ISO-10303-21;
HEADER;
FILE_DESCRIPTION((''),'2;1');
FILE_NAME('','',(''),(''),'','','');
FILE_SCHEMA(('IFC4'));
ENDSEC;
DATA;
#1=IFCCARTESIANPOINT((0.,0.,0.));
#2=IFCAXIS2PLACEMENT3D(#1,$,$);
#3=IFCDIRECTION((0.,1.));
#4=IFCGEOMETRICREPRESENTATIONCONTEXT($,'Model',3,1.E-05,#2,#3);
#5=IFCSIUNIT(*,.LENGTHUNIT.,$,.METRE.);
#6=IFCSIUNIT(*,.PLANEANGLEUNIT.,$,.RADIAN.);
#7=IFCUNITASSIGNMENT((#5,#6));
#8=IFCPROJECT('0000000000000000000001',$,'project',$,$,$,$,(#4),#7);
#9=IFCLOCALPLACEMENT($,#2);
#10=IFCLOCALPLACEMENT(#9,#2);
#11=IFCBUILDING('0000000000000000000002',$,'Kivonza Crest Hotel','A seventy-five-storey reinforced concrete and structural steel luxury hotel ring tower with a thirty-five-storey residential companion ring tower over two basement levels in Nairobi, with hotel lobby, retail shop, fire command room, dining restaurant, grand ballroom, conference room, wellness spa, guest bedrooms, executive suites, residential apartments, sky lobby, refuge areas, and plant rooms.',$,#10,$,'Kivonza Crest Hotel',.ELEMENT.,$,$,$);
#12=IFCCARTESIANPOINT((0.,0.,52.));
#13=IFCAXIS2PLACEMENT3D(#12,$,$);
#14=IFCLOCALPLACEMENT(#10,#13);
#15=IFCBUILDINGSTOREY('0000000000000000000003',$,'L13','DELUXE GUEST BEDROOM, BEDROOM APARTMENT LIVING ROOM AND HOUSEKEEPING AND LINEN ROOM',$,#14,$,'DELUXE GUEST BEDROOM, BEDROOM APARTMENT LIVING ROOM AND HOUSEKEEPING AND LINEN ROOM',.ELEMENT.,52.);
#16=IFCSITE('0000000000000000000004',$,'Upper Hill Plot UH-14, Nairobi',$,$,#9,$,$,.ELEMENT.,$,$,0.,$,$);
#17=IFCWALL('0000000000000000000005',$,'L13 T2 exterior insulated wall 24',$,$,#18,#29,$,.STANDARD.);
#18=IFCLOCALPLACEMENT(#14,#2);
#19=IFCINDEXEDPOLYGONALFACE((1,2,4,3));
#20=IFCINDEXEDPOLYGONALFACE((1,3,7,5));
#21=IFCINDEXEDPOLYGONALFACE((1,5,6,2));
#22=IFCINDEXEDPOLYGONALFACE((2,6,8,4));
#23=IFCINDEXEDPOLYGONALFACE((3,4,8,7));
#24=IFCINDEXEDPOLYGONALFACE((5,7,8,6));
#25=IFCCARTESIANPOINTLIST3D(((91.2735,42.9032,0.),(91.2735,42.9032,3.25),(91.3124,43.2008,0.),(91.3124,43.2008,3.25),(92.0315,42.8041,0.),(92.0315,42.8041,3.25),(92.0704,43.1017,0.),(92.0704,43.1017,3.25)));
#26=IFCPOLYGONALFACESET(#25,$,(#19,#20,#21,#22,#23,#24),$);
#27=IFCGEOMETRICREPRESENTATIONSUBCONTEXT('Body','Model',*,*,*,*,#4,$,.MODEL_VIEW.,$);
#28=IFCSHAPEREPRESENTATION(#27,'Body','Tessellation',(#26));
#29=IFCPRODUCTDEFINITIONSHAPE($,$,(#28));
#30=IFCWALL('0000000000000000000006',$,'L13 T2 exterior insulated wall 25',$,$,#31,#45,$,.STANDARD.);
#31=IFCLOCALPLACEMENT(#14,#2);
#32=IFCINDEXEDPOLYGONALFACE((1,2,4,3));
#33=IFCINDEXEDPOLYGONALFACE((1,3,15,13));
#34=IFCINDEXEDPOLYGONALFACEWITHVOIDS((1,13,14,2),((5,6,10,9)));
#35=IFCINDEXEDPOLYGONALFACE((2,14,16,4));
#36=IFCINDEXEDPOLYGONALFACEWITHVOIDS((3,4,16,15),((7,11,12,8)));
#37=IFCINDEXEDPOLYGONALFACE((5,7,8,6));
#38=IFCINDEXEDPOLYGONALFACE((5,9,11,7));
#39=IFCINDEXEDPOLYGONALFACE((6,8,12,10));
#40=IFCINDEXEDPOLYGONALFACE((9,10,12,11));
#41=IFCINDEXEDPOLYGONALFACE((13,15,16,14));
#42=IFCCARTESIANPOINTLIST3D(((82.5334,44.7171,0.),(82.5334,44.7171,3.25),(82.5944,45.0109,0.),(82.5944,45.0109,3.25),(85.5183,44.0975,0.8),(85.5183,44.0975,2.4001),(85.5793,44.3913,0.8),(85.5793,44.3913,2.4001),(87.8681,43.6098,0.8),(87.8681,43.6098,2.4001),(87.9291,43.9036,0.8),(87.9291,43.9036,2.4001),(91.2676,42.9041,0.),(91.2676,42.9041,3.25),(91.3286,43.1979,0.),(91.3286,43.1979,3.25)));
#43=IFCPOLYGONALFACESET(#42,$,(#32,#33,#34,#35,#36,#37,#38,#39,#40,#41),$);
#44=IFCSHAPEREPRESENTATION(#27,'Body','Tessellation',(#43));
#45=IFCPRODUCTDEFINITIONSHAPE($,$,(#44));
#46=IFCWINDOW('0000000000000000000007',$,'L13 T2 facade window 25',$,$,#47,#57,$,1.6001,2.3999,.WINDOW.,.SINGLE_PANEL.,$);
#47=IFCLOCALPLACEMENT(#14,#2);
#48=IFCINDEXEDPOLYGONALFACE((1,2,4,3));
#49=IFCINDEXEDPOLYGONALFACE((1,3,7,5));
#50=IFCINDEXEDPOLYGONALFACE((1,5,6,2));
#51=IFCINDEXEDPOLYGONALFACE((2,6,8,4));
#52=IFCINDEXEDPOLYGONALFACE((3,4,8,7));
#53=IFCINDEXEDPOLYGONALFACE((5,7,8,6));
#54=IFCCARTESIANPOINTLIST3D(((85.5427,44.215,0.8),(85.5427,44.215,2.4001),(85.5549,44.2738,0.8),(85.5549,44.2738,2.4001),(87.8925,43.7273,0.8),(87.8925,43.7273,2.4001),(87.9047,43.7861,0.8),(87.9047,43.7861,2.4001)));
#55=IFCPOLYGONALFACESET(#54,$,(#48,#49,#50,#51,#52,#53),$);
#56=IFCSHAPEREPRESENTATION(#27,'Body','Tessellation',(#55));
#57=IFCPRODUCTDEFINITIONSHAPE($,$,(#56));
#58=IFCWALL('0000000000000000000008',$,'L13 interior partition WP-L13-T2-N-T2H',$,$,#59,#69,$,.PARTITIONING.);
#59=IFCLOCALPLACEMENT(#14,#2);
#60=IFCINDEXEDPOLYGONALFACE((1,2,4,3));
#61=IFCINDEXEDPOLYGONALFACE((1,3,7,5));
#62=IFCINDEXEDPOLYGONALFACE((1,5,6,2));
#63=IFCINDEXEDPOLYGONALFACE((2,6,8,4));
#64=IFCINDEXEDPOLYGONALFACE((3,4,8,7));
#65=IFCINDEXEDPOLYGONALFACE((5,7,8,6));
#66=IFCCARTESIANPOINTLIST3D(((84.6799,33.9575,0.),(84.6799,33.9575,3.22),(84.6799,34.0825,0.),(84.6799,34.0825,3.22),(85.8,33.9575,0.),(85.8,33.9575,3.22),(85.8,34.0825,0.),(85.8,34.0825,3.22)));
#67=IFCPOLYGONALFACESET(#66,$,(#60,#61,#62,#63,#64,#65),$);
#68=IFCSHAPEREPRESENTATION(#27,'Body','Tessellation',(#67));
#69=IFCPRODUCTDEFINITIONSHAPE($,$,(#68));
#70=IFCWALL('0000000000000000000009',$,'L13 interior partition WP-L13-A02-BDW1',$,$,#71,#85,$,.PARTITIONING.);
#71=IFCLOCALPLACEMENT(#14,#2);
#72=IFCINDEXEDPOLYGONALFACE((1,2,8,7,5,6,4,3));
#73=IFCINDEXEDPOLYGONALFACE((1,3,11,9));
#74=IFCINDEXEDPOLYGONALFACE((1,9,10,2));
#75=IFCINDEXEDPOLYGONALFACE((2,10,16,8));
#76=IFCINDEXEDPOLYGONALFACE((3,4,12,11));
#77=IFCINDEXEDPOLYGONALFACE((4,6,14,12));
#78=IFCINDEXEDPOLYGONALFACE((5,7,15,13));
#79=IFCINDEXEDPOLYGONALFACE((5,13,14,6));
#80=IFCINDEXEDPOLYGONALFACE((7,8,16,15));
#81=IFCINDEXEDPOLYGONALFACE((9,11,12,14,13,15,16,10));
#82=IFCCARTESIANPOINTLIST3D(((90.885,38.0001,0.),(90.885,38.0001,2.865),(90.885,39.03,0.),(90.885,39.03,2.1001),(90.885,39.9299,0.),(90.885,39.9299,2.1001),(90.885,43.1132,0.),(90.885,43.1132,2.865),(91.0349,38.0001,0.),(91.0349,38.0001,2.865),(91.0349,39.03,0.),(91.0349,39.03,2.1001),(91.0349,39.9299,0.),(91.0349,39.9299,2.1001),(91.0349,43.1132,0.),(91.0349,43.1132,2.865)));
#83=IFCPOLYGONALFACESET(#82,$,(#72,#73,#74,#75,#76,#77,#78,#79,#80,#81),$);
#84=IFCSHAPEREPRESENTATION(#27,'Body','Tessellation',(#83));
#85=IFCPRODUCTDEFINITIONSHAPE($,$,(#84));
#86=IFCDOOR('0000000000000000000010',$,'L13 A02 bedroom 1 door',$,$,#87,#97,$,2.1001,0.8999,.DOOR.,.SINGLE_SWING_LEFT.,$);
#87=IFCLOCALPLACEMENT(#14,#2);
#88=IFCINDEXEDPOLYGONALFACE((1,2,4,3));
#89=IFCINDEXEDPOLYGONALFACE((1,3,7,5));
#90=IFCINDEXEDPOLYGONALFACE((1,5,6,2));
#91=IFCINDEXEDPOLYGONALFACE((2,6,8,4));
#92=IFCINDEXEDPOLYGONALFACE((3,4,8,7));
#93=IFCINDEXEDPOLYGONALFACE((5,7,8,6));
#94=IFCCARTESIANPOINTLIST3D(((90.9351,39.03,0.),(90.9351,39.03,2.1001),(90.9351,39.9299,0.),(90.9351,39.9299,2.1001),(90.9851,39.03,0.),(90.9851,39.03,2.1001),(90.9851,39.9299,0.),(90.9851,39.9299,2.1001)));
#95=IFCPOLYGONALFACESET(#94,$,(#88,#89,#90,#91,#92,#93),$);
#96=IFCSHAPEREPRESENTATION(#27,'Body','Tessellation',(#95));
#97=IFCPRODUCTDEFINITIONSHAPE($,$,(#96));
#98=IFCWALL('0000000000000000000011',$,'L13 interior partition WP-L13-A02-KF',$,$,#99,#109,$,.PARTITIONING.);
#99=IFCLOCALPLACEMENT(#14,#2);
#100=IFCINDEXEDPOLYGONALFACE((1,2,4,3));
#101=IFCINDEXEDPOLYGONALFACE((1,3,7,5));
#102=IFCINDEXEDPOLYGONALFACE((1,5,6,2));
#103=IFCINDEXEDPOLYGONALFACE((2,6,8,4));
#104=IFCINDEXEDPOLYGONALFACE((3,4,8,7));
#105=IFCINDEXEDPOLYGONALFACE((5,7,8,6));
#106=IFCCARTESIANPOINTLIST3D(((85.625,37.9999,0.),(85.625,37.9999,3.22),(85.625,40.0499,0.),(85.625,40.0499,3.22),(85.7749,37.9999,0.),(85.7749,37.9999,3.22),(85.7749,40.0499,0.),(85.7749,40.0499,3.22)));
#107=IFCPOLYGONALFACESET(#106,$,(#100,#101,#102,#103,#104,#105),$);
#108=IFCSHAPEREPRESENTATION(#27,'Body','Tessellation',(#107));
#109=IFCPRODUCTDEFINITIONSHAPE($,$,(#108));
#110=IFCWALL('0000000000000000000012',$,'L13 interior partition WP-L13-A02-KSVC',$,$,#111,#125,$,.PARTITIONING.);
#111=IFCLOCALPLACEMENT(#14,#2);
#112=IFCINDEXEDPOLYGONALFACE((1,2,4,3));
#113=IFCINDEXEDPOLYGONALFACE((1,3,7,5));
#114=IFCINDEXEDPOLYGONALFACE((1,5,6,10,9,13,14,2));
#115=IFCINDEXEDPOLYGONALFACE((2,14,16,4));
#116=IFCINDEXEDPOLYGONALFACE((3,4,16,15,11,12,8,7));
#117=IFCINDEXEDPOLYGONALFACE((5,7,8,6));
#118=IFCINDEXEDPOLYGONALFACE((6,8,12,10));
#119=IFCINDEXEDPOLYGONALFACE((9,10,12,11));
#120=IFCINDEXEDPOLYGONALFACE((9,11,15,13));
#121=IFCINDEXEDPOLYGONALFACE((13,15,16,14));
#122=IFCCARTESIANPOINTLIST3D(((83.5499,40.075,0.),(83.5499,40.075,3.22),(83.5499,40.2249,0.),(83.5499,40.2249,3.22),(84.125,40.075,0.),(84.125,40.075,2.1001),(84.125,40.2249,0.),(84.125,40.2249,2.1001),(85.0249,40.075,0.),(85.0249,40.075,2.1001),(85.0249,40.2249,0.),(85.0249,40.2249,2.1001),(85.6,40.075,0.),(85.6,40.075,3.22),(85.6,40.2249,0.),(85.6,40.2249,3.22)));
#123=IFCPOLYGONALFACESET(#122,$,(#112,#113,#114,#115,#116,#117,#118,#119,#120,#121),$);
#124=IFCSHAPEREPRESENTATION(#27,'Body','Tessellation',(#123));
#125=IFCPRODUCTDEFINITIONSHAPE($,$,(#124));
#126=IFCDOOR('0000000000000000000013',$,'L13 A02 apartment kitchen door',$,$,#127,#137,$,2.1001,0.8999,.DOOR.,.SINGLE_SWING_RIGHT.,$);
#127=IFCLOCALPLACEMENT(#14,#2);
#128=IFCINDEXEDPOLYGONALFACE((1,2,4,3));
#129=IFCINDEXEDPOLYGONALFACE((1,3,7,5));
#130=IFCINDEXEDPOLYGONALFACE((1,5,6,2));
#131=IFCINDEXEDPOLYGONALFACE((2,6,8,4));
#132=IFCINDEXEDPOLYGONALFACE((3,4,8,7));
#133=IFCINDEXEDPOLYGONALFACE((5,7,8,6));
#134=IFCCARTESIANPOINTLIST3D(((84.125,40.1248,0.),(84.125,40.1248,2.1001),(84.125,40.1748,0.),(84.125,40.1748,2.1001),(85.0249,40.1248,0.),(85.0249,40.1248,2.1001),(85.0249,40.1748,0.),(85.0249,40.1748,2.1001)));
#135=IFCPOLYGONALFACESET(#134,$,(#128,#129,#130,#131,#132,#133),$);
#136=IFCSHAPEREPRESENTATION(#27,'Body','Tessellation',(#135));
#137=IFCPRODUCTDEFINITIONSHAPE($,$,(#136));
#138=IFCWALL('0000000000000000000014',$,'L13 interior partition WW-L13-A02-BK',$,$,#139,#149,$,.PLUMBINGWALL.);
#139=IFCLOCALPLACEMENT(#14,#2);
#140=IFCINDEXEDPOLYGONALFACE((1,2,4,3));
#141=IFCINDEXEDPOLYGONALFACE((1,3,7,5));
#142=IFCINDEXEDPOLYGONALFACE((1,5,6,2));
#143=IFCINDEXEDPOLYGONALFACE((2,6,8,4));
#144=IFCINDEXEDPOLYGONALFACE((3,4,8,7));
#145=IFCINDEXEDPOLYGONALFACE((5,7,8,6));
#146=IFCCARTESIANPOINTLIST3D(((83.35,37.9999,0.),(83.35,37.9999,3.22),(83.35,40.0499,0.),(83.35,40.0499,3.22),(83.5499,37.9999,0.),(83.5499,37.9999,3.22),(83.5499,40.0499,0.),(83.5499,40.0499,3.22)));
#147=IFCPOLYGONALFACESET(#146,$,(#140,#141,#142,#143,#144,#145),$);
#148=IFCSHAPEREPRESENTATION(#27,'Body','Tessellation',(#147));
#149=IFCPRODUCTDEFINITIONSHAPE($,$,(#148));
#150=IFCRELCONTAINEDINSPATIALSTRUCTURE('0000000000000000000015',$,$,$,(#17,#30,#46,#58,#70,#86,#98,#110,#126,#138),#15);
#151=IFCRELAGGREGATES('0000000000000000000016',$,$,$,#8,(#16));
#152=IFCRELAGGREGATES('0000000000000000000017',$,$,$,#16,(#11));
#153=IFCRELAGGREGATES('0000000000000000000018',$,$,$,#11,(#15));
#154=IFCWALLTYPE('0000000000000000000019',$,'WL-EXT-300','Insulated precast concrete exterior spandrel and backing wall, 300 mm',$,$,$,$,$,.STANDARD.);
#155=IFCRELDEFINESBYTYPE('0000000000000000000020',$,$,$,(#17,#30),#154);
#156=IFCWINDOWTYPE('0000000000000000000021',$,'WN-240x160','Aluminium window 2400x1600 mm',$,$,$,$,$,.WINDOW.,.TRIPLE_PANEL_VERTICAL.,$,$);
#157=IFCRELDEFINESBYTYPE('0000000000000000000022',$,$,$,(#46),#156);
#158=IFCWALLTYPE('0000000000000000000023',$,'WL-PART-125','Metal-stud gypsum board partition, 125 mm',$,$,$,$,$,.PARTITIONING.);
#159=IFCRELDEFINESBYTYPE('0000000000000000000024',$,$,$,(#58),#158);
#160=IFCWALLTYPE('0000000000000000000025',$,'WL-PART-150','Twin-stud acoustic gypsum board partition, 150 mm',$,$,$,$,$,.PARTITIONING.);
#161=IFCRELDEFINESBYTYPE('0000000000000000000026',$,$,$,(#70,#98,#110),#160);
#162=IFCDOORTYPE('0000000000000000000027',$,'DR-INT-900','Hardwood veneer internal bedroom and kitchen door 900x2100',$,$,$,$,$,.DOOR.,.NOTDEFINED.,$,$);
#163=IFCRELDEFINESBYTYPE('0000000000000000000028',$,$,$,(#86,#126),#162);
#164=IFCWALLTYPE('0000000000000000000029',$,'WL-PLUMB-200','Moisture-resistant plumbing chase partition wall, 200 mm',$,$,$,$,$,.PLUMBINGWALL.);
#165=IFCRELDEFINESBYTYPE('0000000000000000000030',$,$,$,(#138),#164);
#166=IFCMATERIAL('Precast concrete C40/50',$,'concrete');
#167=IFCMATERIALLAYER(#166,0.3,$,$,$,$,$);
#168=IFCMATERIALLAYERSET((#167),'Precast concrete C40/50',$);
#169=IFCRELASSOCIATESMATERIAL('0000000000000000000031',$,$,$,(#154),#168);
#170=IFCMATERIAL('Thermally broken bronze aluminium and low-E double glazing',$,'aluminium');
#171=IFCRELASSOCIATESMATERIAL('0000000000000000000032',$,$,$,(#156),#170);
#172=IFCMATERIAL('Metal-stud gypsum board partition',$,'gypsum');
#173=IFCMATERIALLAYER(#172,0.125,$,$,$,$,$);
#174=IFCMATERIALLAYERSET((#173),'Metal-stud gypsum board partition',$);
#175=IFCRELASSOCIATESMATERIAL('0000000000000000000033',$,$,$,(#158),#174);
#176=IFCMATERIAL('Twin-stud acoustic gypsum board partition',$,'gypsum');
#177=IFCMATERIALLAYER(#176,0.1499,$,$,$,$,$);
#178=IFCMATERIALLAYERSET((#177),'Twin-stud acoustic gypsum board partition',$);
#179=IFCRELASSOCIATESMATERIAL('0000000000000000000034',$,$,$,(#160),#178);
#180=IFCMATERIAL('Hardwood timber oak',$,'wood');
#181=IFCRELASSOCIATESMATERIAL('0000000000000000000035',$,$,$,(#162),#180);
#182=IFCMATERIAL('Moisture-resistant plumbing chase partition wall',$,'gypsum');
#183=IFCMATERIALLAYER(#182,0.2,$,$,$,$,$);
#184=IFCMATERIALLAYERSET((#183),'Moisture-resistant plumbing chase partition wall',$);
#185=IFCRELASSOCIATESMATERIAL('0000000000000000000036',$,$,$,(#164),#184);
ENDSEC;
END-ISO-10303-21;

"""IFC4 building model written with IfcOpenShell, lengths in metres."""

from ifc_helpers import new_model, si_unit, direction, frame, frame_2d, origin, place, context, subcontext, project, spatial, rectangle, extrude, material, layer, layer_set, type_object, element, fill, save


model = new_model("IFC4")

# Units and contexts
model_context = context("Model", 3, precision=1e-05, world=origin(), true_north=direction((0.0, 1.0)))
body_context = subcontext(model_context, "Body", "Model", "MODEL_VIEW")
ifc_project = project(units=[si_unit("LENGTHUNIT", "METRE"), si_unit("PLANEANGLEUNIT", "RADIAN")], contexts=[model_context])

# Site, building, storey
site_placement = place(None, origin())
site = spatial("IfcSite", under=ifc_project, at=site_placement, Name="Upper Hill Plot UH-14, Nairobi", CompositionType="ELEMENT", RefElevation=0.0)
building_placement = place(site_placement, origin())
building = spatial("IfcBuilding", under=site, at=building_placement, Name="Kivonza Crest Hotel", Description="A seventy-five-storey reinforced concrete and structural steel luxury hotel ring tower with a thirty-five-storey residential companion ring tower over two basement levels in Nairobi, with hotel lobby, retail shop, fire command room, dining restaurant, grand ballroom, conference room, wellness spa, guest bedrooms, executive suites, residential apartments, sky lobby, refuge areas, and plant rooms.", LongName="Kivonza Crest Hotel", CompositionType="ELEMENT")
storey_placement = place(building_placement, frame((0.0, 0.0, 52.0)))
storey = spatial("IfcBuildingStorey", under=building, at=storey_placement, Name="L13", Description="DELUXE GUEST BEDROOM, BEDROOM APARTMENT LIVING ROOM AND HOUSEKEEPING AND LINEN ROOM", LongName="DELUXE GUEST BEDROOM, BEDROOM APARTMENT LIVING ROOM AND HOUSEKEEPING AND LINEN ROOM", CompositionType="ELEMENT", Elevation=52.0)

# Shared definitions
ifc_material_1 = material(Name="Hardwood timber oak", Category="wood")

# Wall
ifc_material_2 = material(Name="Precast concrete C40/50", Category="concrete")
ifc_layer_1 = layer(ifc_material_2, 0.3)
ifc_layer_set_1 = layer_set([ifc_layer_1], Name="Precast concrete C40/50")
wall_type_1 = type_object("IfcWallType", Name="WL-EXT-300", Description="Insulated precast concrete exterior spandrel and backing wall, 300 mm", PredefinedType="STANDARD", material=ifc_layer_set_1)
wall_1_placement = place(storey_placement, frame((92.051, 42.9529, 0.0), z_axis=(0.0, 0.0, 1.0), x_axis=(-0.991559, 0.129653, 0.0)))
element("IfcWall", 1, at=wall_1_placement, inside=storey, type_object=wall_type_1, Name="L13 T2 exterior insulated wall 24", PredefinedType="STANDARD", context=body_context, shape_type="SweptSolid", body=[
    extrude(rectangle(XDim=0.7644, YDim=0.3, at=frame_2d((0.3823, 0.0))), origin(), (0.0, 0.0, 1.0), 3.25),
])

# Wall, opening, window
wall_2_placement = place(storey_placement, frame((91.2981, 43.051, 0.0), z_axis=(0.0, 0.0, 1.0), x_axis=(-0.979128, 0.203243, 0.0)))
wall_2 = element("IfcWall", 2, at=wall_2_placement, inside=storey, type_object=wall_type_1, Name="L13 T2 exterior insulated wall 25", PredefinedType="STANDARD", context=body_context, shape_type="SweptSolid", body=[
    extrude(rectangle(XDim=8.9204, YDim=0.3, at=frame_2d((4.4602, 0.0))), origin(), (0.0, 0.0, 1.0), 3.25),
])
opening_1_placement = place(wall_2_placement, frame((3.4719, 0.0, 0.8)))
opening_1 = element("IfcOpeningElement", 3, at=opening_1_placement, cuts=wall_2, PredefinedType="OPENING", context=body_context, shape_type="SweptSolid", body=[
    extrude(rectangle(XDim=2.3999, YDim=1.6001, at=frame_2d((1.2, 0.8))), frame((0.0, 0.1602, 0.0), z_axis=(0.0, -1.0, 0.0), x_axis=(1.0, 0.0, 0.0)), (0.0, 0.0, 1.0), 0.3201),
])
ifc_material_3 = material(Name="Thermally broken bronze aluminium and low-E double glazing", Category="aluminium")
window_type = type_object("IfcWindowType", Name="WN-240x160", Description="Aluminium window 2400x1600 mm", PartitioningType="TRIPLE_PANEL_VERTICAL", PredefinedType="WINDOW", material=ifc_material_3)
window_placement = place(opening_1_placement, origin())
window = element("IfcWindow", 4, at=window_placement, inside=storey, type_object=window_type, Name="L13 T2 facade window 25", OverallHeight=1.6001, OverallWidth=2.3999, PartitioningType="SINGLE_PANEL", PredefinedType="WINDOW", context=body_context, shape_type="SweptSolid", body=[
    extrude(rectangle(XDim=2.3999, YDim=1.6001, at=frame_2d((1.2, 0.8))), frame((0.0, 0.03, 0.0), z_axis=(0.0, -1.0, 0.0), x_axis=(1.0, 0.0, 0.0)), (0.0, 0.0, 1.0), 0.0601),
])
fill(opening_1, window)

# Wall
ifc_material_4 = material(Name="Metal-stud gypsum board partition", Category="gypsum")
ifc_layer_2 = layer(ifc_material_4, 0.125)
ifc_layer_set_2 = layer_set([ifc_layer_2], Name="Metal-stud gypsum board partition")
wall_type_2 = type_object("IfcWallType", Name="WL-PART-125", Description="Metal-stud gypsum board partition, 125 mm", PredefinedType="PARTITIONING", material=ifc_layer_set_2)
wall_3_placement = place(storey_placement, frame((84.6799, 34.02, 0.0), z_axis=(0.0, 0.0, 1.0), x_axis=(1.0, 0.0, 0.0)))
element("IfcWall", 5, at=wall_3_placement, inside=storey, type_object=wall_type_2, Name="L13 interior partition WP-L13-T2-N-T2H", PredefinedType="PARTITIONING", context=body_context, shape_type="SweptSolid", body=[
    extrude(rectangle(XDim=1.1201, YDim=0.125, at=frame_2d((0.5601, 0.0))), origin(), (0.0, 0.0, 1.0), 3.22),
])

# Wall, opening, door
ifc_material_5 = material(Name="Twin-stud acoustic gypsum board partition", Category="gypsum")
ifc_layer_3 = layer(ifc_material_5, 0.1499)
ifc_layer_set_3 = layer_set([ifc_layer_3], Name="Twin-stud acoustic gypsum board partition")
wall_type_3 = type_object("IfcWallType", Name="WL-PART-150", Description="Twin-stud acoustic gypsum board partition, 150 mm", PredefinedType="PARTITIONING", material=ifc_layer_set_3)
wall_4_placement = place(storey_placement, frame((90.96, 38.0, 0.0), z_axis=(0.0, 0.0, 1.0), x_axis=(0.0, 1.0, 0.0)))
wall_4 = element("IfcWall", 6, at=wall_4_placement, inside=storey, type_object=wall_type_3, Name="L13 interior partition WP-L13-A02-BDW1", PredefinedType="PARTITIONING", context=body_context, shape_type="SweptSolid", body=[
    extrude(rectangle(XDim=5.113, YDim=0.1499, at=frame_2d((2.5566, 0.0))), origin(), (0.0, 0.0, 1.0), 2.865),
])
opening_2_placement = place(wall_4_placement, frame((1.03, 0.0, 0.0)))
opening_2 = element("IfcOpeningElement", 7, at=opening_2_placement, cuts=wall_4, PredefinedType="OPENING", context=body_context, shape_type="SweptSolid", body=[
    extrude(rectangle(XDim=0.8999, YDim=2.1001, at=frame_2d((0.45, 1.05))), frame((0.0, 0.085, 0.0), z_axis=(0.0, -1.0, 0.0), x_axis=(1.0, 0.0, 0.0)), (0.0, 0.0, 1.0), 0.1699),
])
door_type_1 = type_object("IfcDoorType", Name="DR-INT-900", Description="Hardwood veneer internal bedroom and kitchen door 900x2100", OperationType="NOTDEFINED", PredefinedType="DOOR", material=ifc_material_1)
door_1_placement = place(opening_2_placement, origin())
door_1 = element("IfcDoor", 8, at=door_1_placement, inside=storey, type_object=door_type_1, Name="L13 A02 bedroom 1 door", OperationType="SINGLE_SWING_LEFT", OverallHeight=2.1001, OverallWidth=0.8999, PredefinedType="DOOR", context=body_context, shape_type="SweptSolid", body=[
    extrude(rectangle(XDim=0.8999, YDim=2.1001, at=frame_2d((0.45, 1.05))), frame((0.0, 0.0249, 0.0), z_axis=(0.0, -1.0, 0.0), x_axis=(1.0, 0.0, 0.0)), (0.0, 0.0, 1.0), 0.05),
])
fill(opening_2, door_1)

# Wall
wall_5_placement = place(storey_placement, frame((85.7, 38.0, 0.0), z_axis=(0.0, 0.0, 1.0), x_axis=(0.0, 1.0, 0.0)))
element("IfcWall", 9, at=wall_5_placement, inside=storey, type_object=wall_type_3, Name="L13 interior partition WP-L13-A02-KF", PredefinedType="PARTITIONING", context=body_context, shape_type="SweptSolid", body=[
    extrude(rectangle(XDim=2.05, YDim=0.1499, at=frame_2d((1.0249, 0.0))), origin(), (0.0, 0.0, 1.0), 3.22),
])

# Wall, opening, door
wall_6_placement = place(storey_placement, frame((83.55, 40.1499, 0.0), z_axis=(0.0, 0.0, 1.0), x_axis=(1.0, 0.0, 0.0)))
wall_6 = element("IfcWall", 10, at=wall_6_placement, inside=storey, type_object=wall_type_3, Name="L13 interior partition WP-L13-A02-KSVC", PredefinedType="PARTITIONING", context=body_context, shape_type="SweptSolid", body=[
    extrude(rectangle(XDim=2.05, YDim=0.1499, at=frame_2d((1.0249, 0.0))), origin(), (0.0, 0.0, 1.0), 3.22),
])
opening_3_placement = place(wall_6_placement, frame((0.575, 0.0, 0.0)))
opening_3 = element("IfcOpeningElement", 11, at=opening_3_placement, cuts=wall_6, PredefinedType="OPENING", context=body_context, shape_type="SweptSolid", body=[
    extrude(rectangle(XDim=0.8999, YDim=2.1001, at=frame_2d((0.45, 1.05))), frame((0.0, 0.085, 0.0), z_axis=(0.0, -1.0, 0.0), x_axis=(1.0, 0.0, 0.0)), (0.0, 0.0, 1.0), 0.1699),
])
door_2_placement = place(opening_3_placement, origin())
door_2 = element("IfcDoor", 12, at=door_2_placement, inside=storey, type_object=door_type_1, Name="L13 A02 apartment kitchen door", OperationType="SINGLE_SWING_RIGHT", OverallHeight=2.1001, OverallWidth=0.8999, PredefinedType="DOOR", context=body_context, shape_type="SweptSolid", body=[
    extrude(rectangle(XDim=0.8999, YDim=2.1001, at=frame_2d((0.45, 1.05))), frame((0.0, 0.0249, 0.0), z_axis=(0.0, -1.0, 0.0), x_axis=(1.0, 0.0, 0.0)), (0.0, 0.0, 1.0), 0.05),
])
fill(opening_3, door_2)

# Wall
ifc_material_6 = material(Name="Moisture-resistant plumbing chase partition wall", Category="gypsum")
ifc_layer_4 = layer(ifc_material_6, 0.2)
ifc_layer_set_4 = layer_set([ifc_layer_4], Name="Moisture-resistant plumbing chase partition wall")
wall_type_4 = type_object("IfcWallType", Name="WL-PLUMB-200", Description="Moisture-resistant plumbing chase partition wall, 200 mm", PredefinedType="PLUMBINGWALL", material=ifc_layer_set_4)
wall_7_placement = place(storey_placement, frame((83.45, 38.0, 0.0), z_axis=(0.0, 0.0, 1.0), x_axis=(0.0, 1.0, 0.0)))
element("IfcWall", 13, at=wall_7_placement, inside=storey, type_object=wall_type_4, Name="L13 interior partition WW-L13-A02-BK", PredefinedType="PLUMBINGWALL", context=body_context, shape_type="SweptSolid", body=[
    extrude(rectangle(XDim=2.05, YDim=0.2, at=frame_2d((1.0249, 0.0))), origin(), (0.0, 0.0, 1.0), 3.22),
])

save(model, "model.ifc")
